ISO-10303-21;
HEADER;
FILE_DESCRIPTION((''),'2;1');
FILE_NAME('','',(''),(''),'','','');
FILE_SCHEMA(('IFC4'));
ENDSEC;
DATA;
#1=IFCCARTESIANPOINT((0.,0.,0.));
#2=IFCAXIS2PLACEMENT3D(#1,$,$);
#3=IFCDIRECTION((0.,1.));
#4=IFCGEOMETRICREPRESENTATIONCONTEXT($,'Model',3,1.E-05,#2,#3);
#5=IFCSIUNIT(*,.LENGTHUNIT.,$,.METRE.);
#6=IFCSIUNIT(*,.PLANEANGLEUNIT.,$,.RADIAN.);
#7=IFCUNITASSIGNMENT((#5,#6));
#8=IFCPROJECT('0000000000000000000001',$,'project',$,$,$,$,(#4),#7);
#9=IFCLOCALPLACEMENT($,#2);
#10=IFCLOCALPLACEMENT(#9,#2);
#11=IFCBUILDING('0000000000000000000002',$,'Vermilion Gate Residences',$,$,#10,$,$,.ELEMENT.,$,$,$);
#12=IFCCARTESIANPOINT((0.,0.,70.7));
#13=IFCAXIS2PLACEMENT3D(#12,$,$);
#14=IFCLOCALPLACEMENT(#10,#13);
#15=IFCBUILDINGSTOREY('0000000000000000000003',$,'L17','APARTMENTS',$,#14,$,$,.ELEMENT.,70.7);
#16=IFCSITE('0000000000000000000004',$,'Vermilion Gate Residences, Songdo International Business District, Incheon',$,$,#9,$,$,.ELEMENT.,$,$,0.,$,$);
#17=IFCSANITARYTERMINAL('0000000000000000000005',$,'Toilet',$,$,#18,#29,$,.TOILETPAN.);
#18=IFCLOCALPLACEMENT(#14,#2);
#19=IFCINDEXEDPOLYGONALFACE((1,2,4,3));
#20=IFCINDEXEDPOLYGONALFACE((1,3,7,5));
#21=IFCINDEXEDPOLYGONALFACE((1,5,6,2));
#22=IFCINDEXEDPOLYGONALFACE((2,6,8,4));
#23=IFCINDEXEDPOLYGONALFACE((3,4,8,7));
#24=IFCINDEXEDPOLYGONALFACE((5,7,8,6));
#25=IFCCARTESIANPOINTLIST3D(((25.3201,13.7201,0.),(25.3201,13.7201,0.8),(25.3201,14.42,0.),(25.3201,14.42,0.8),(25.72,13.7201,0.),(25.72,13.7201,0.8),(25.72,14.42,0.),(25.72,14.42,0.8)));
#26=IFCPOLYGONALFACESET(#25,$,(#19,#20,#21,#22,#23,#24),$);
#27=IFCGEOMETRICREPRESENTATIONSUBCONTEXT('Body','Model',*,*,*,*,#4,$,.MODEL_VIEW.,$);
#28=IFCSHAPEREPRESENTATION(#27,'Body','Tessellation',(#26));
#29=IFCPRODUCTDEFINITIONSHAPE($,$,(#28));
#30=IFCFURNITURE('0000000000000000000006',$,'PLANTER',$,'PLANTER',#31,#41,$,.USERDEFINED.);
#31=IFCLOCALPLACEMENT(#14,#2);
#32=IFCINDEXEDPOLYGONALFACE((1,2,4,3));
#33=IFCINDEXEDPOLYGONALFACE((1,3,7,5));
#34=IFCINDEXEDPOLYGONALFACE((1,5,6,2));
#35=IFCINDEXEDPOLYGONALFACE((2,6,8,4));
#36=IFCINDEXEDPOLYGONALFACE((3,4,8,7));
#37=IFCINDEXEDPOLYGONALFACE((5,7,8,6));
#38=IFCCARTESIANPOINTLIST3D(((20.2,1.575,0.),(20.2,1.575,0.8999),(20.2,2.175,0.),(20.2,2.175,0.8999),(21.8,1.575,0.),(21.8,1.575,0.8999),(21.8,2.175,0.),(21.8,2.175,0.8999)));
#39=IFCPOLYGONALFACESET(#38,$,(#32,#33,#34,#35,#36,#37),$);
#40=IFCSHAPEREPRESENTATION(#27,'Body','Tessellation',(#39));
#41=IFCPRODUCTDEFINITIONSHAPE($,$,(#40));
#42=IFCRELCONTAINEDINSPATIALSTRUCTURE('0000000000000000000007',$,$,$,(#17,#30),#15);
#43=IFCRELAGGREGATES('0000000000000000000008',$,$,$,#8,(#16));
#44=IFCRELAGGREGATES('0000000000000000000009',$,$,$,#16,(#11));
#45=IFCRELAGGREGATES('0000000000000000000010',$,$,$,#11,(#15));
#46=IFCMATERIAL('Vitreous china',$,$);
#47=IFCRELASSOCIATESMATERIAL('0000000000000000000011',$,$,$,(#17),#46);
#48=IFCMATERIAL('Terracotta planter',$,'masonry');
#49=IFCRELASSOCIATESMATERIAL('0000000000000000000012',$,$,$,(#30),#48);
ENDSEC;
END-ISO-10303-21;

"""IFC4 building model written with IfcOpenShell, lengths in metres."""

from ifc_helpers import new_model, si_unit, direction, frame, origin, origin_2d, place, context, subcontext, project, spatial, rectangle, extrude, material, element, save


model = new_model("IFC4")

# Units and contexts
model_context = context("Model", 3, precision=1e-05, world=origin(), true_north=direction((0.0, 1.0)))
body_context = subcontext(model_context, "Body", "Model", "MODEL_VIEW")
ifc_project = project(units=[si_unit("LENGTHUNIT", "METRE"), si_unit("PLANEANGLEUNIT", "RADIAN")], contexts=[model_context])

# Site, building, storey
site_placement = place(None, origin())
site = spatial("IfcSite", under=ifc_project, at=site_placement, Name="Vermilion Gate Residences, Songdo International Business District, Incheon", CompositionType="ELEMENT", RefElevation=0.0)
building_placement = place(site_placement, origin())
building = spatial("IfcBuilding", under=site, at=building_placement, Name="Vermilion Gate Residences", CompositionType="ELEMENT")
storey_placement = place(building_placement, frame((0.0, 0.0, 70.7)))
storey = spatial("IfcBuildingStorey", under=building, at=storey_placement, Name="L17", Description="APARTMENTS", CompositionType="ELEMENT", Elevation=70.7)

# Sanitary terminal
ifc_material_1 = material(Name="Vitreous china")
sanitary_terminal_1_placement = place(storey_placement, frame((25.52, 14.0701, 0.0), z_axis=(0.0, 0.0, 1.0), x_axis=(1.0, 0.0, 0.0)))
element("IfcSanitaryTerminal", 1, at=sanitary_terminal_1_placement, inside=storey, material=ifc_material_1, Name="Toilet", PredefinedType="TOILETPAN", context=body_context, shape_type="SweptSolid", body=[
    extrude(rectangle(XDim=0.3999, YDim=0.7, at=origin_2d()), origin(), (0.0, 0.0, 1.0), 0.8),
])

# Furniture
ifc_material_2 = material(Name="Terracotta planter", Category="masonry")
furniture_placement = place(storey_placement, frame((21.0, 1.875, 0.0), z_axis=(0.0, 0.0, 1.0), x_axis=(1.0, 0.0, 0.0)))
element("IfcFurniture", 2, at=furniture_placement, inside=storey, material=ifc_material_2, Name="PLANTER", ObjectType="PLANTER", PredefinedType="USERDEFINED", context=body_context, shape_type="SweptSolid", body=[
    extrude(rectangle(XDim=1.6001, YDim=0.6001, at=origin_2d()), origin(), (0.0, 0.0, 1.0), 0.8999),
])

save(model, "model.ifc")
